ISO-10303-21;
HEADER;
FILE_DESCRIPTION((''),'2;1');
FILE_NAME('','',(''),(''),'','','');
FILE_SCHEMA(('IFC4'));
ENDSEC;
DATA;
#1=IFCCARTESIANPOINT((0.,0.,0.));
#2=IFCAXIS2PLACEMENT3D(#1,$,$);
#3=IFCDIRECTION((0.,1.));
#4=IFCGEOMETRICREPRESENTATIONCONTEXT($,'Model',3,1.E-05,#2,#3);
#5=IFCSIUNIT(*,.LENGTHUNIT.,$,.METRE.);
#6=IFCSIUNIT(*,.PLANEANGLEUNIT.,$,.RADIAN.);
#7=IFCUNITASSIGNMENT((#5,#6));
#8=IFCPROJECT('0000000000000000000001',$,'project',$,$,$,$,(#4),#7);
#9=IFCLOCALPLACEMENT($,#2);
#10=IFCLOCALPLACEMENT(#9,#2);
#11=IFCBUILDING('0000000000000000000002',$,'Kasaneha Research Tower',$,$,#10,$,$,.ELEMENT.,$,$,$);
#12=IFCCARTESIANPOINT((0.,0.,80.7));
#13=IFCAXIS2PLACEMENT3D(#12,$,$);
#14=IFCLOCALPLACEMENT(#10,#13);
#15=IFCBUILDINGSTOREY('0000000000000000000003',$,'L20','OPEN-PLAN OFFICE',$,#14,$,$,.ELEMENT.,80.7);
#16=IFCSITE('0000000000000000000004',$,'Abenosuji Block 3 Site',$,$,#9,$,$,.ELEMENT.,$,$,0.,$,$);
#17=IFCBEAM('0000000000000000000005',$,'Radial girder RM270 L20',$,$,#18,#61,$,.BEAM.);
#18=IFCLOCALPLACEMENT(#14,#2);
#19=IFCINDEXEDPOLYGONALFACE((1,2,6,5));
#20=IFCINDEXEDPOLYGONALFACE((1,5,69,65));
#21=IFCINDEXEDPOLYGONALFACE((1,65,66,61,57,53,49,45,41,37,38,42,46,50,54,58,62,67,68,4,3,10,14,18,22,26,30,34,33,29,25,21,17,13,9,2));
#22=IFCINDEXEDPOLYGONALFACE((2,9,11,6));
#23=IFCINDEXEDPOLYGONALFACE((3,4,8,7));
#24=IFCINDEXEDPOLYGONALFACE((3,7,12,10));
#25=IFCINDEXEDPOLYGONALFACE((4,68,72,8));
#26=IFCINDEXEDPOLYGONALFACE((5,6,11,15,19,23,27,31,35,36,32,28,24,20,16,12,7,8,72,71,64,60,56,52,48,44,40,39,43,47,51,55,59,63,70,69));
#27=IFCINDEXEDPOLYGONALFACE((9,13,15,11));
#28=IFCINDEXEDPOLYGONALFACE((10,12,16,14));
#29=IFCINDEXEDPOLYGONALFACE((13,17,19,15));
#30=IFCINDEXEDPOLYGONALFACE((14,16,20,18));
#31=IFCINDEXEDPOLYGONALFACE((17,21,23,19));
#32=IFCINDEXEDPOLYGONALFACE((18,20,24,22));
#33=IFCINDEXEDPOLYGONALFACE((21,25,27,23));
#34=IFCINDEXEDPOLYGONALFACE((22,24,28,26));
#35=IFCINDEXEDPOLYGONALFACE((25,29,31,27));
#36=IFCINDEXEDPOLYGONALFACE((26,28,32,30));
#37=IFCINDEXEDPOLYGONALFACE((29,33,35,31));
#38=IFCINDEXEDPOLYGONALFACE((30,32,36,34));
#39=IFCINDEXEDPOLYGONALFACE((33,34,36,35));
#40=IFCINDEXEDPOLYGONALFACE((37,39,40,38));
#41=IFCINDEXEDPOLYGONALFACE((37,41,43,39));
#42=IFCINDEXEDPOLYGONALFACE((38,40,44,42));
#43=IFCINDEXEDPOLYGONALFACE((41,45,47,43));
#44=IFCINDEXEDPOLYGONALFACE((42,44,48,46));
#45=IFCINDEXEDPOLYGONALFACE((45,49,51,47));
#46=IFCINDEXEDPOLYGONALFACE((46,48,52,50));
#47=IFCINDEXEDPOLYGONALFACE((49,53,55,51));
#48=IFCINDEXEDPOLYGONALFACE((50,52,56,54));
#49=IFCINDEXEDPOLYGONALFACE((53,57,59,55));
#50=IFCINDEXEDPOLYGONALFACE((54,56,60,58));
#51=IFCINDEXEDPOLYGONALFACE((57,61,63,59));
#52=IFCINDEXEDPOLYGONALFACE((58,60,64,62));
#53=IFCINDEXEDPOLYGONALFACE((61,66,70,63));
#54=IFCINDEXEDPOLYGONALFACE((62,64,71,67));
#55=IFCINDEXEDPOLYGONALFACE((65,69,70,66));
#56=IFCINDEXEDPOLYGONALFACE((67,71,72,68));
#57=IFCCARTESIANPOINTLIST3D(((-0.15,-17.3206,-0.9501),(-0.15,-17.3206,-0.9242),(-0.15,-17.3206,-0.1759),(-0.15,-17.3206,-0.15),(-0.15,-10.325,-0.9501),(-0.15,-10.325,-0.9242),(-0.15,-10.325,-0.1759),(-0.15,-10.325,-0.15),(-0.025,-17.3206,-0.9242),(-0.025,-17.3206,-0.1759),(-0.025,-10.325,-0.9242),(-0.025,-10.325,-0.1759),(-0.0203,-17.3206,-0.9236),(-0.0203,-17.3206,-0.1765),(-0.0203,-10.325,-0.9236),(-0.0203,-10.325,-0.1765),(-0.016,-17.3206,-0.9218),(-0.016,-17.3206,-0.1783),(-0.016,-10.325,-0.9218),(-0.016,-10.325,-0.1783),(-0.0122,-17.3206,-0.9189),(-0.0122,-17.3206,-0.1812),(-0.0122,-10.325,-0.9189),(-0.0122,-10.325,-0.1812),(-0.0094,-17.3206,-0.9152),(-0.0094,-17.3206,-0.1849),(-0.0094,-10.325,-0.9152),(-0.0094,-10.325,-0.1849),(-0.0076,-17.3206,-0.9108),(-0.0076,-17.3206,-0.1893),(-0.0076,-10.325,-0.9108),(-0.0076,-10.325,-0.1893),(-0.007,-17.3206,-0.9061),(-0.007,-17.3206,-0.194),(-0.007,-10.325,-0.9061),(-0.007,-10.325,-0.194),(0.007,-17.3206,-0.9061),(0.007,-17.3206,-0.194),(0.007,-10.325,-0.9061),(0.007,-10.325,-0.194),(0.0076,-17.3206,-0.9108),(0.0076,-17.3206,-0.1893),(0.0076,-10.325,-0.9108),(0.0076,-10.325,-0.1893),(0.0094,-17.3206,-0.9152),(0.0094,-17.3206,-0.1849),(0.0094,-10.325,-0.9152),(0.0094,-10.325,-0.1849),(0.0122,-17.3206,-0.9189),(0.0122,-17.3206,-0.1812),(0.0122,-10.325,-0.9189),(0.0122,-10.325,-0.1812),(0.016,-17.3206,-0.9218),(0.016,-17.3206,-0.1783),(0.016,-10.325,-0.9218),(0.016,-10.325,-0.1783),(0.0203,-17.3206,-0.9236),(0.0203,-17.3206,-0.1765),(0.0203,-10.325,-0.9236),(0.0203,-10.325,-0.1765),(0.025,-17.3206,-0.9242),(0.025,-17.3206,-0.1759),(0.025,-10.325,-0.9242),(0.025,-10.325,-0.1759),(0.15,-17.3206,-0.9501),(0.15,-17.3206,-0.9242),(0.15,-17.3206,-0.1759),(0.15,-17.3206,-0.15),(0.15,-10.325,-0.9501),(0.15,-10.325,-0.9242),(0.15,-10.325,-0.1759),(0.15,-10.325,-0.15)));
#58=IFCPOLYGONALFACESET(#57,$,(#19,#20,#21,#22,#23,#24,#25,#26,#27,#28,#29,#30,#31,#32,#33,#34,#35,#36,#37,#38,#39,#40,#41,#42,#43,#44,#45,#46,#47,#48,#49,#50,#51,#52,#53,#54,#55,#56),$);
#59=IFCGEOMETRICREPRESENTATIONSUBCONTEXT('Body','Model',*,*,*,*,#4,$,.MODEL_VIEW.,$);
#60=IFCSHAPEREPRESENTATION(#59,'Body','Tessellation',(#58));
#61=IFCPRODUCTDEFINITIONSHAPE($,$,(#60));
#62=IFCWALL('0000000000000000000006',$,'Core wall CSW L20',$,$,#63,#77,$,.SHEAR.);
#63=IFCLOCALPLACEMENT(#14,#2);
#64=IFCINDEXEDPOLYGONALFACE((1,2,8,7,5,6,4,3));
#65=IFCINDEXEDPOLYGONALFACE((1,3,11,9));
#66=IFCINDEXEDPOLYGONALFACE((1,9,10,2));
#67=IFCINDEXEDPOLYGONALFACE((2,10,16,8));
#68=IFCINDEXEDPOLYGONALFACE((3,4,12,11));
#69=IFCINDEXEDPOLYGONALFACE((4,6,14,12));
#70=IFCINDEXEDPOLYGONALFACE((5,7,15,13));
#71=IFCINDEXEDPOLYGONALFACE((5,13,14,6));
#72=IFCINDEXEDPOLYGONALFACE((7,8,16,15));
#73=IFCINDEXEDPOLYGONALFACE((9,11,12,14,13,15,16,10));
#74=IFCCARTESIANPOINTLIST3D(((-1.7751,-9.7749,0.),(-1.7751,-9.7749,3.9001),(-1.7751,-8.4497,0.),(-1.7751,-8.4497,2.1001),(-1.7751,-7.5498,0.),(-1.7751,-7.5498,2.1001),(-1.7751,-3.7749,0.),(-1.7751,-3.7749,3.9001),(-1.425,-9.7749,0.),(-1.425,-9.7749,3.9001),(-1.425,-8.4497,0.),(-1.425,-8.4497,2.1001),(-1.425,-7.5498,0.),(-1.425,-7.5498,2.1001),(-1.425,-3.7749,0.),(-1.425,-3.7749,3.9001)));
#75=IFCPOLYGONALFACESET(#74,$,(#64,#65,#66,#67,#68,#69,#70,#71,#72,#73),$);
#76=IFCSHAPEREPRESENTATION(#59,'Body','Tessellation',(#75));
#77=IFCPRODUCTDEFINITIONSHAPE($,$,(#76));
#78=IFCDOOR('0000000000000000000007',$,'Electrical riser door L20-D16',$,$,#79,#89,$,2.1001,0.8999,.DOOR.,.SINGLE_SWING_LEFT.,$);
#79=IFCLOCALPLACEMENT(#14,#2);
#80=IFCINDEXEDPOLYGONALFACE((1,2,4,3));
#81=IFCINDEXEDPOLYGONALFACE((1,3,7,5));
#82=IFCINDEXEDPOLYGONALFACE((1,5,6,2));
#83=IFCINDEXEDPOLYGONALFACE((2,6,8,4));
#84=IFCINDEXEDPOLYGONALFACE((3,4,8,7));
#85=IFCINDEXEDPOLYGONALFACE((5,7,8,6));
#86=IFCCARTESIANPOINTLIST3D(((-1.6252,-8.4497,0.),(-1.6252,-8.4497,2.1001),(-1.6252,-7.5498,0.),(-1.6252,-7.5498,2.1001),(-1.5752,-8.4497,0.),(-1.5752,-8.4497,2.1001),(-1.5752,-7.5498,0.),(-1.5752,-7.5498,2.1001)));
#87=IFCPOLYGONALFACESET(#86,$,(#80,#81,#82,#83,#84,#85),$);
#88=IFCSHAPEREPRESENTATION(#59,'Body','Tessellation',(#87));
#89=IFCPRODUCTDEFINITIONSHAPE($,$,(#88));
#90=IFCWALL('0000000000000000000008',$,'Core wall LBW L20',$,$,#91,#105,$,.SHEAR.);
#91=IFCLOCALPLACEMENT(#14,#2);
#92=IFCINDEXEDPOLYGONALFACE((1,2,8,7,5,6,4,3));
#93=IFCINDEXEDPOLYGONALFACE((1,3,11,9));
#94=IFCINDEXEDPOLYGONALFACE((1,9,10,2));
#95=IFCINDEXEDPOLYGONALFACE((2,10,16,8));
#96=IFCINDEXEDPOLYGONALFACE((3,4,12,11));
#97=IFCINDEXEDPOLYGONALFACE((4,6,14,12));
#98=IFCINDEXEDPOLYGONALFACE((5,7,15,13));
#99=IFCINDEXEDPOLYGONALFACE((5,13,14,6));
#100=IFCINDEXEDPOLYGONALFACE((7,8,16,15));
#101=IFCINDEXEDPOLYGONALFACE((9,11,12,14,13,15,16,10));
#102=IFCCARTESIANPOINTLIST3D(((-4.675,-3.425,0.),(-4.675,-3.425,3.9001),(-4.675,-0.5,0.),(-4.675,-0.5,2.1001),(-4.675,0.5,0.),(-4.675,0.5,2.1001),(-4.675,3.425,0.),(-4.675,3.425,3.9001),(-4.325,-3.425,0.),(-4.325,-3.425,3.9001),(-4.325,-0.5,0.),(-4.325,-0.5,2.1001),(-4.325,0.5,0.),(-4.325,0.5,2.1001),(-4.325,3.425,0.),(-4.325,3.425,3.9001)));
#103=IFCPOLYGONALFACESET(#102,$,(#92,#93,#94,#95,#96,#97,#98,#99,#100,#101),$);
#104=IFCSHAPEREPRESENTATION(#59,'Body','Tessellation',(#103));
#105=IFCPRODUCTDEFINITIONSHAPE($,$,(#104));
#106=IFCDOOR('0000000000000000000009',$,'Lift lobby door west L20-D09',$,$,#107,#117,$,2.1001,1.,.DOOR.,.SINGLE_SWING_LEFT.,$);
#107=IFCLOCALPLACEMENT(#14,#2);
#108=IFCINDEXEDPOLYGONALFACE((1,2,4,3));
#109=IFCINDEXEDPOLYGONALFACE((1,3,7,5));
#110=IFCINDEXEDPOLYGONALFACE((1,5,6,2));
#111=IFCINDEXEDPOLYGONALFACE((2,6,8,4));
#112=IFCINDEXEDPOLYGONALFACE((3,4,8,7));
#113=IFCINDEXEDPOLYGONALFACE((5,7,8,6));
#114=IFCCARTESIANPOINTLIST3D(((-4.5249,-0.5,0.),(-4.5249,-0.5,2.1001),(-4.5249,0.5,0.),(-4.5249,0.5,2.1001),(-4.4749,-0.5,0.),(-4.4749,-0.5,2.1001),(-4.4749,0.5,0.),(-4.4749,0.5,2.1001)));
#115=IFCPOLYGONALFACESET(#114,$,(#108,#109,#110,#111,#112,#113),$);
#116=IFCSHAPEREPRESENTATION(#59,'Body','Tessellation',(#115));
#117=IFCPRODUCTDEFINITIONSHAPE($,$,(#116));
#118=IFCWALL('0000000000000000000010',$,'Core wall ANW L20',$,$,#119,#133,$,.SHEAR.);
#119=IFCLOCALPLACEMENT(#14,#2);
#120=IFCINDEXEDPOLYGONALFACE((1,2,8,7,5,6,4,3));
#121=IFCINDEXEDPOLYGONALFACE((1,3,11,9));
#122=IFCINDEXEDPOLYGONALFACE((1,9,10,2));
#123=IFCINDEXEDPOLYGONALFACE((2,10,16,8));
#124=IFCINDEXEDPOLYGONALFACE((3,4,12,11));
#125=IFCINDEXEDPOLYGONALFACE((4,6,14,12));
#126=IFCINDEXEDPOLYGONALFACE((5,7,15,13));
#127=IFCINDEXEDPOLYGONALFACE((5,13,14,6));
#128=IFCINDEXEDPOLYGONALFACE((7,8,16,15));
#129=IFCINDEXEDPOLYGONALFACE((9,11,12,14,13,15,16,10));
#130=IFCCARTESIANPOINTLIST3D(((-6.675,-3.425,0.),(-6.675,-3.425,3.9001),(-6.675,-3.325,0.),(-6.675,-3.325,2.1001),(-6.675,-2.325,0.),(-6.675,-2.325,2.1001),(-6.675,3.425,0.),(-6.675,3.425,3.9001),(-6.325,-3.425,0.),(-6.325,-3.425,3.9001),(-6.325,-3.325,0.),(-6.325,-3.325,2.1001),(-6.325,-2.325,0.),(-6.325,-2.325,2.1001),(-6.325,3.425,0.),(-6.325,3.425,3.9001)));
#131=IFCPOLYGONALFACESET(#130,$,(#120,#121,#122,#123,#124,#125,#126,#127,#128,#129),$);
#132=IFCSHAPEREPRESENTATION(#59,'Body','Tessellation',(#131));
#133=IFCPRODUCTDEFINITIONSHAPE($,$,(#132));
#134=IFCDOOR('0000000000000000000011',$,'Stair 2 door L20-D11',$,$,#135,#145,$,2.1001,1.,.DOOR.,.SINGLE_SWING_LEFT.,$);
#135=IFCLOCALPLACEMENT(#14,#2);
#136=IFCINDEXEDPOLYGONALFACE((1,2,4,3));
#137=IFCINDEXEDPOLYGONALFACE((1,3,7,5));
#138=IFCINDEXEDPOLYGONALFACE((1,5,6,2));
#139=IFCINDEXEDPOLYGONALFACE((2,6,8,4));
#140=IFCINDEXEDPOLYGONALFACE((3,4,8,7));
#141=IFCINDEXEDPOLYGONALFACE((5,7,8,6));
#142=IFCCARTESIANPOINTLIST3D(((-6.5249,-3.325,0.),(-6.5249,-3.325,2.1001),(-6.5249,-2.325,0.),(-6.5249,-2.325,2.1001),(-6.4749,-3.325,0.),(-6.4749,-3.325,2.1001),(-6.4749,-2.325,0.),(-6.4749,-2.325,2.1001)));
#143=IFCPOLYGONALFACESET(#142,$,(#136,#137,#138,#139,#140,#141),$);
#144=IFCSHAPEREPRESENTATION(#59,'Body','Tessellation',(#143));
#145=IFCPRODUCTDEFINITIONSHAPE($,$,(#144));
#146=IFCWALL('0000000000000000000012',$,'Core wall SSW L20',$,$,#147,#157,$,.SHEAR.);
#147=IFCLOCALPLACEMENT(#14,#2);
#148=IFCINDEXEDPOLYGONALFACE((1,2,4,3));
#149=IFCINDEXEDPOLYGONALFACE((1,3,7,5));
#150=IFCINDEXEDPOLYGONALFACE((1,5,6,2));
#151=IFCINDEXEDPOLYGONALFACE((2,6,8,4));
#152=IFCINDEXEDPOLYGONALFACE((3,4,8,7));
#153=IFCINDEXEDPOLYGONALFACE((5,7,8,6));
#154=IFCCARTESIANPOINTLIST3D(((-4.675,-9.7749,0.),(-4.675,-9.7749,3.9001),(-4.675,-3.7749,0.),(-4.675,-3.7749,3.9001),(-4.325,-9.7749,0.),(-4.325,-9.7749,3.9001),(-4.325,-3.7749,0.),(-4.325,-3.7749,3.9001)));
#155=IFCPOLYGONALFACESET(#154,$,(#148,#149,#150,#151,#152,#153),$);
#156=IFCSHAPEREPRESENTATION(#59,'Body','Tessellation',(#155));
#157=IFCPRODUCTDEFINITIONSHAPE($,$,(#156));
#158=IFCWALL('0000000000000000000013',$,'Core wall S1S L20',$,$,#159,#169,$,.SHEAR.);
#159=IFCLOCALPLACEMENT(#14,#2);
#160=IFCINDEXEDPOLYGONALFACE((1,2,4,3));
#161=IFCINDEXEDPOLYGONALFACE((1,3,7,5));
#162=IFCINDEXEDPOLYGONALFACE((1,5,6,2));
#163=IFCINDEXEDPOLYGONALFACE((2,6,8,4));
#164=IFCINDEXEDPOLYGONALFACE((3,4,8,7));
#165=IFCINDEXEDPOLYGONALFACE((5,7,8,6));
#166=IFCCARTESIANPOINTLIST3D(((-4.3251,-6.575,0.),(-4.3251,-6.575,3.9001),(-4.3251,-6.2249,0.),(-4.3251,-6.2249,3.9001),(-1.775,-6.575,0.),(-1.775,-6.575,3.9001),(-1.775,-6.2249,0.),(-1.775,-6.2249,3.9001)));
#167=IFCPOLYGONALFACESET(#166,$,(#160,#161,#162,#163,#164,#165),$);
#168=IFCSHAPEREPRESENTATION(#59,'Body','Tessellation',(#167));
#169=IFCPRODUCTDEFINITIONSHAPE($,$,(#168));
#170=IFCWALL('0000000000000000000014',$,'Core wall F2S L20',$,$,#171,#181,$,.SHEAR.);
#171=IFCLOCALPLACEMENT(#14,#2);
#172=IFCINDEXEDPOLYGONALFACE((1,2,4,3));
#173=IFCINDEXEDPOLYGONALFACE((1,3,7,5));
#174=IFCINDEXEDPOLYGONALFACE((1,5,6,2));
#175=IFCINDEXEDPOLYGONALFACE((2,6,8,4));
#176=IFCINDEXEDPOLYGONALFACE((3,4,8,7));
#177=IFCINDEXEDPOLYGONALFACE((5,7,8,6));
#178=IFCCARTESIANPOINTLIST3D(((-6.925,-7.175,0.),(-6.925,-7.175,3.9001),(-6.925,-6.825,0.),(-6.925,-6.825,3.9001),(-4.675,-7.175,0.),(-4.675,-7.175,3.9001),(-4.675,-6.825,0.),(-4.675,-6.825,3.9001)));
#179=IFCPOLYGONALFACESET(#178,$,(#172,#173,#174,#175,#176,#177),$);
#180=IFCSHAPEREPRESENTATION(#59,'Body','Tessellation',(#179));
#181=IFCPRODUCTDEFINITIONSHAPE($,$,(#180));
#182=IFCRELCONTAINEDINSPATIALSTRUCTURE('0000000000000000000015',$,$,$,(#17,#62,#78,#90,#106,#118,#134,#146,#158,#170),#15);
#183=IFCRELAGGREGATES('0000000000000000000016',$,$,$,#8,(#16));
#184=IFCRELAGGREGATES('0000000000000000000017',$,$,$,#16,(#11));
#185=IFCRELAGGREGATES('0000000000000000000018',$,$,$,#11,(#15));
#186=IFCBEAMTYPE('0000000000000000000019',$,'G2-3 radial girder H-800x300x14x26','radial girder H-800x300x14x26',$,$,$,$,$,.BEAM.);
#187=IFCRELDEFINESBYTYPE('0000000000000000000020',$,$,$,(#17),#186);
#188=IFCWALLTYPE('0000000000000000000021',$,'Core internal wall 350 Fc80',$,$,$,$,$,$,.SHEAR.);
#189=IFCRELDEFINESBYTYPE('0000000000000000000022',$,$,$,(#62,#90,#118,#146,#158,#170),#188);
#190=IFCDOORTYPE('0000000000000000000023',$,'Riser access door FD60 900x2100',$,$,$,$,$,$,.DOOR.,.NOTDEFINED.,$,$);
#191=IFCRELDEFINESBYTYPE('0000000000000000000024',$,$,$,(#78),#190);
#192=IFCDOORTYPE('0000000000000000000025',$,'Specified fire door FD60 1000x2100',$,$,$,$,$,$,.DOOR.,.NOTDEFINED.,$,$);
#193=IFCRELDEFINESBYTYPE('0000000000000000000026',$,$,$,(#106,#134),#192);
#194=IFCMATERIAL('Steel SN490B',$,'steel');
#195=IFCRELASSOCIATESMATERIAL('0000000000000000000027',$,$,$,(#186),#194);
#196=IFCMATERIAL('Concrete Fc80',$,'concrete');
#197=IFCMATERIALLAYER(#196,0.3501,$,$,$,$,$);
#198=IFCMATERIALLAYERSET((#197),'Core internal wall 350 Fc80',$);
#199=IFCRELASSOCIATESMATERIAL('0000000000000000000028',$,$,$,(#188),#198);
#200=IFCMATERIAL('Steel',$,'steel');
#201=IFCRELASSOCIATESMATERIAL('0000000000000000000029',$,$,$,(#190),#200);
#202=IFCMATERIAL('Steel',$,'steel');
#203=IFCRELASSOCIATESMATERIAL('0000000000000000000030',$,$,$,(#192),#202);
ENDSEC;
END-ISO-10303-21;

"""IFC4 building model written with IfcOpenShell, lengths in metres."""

from ifc_helpers import new_model, si_unit, direction, frame, frame_2d, origin, origin_2d, place, context, subcontext, project, spatial, rectangle, i_section, extrude, material, layer, layer_set, material_profile, profile_set, type_object, element, fill, save


model = new_model("IFC4")

# Units and contexts
model_context = context("Model", 3, precision=1e-05, world=origin(), true_north=direction((0.0, 1.0)))
body_context = subcontext(model_context, "Body", "Model", "MODEL_VIEW")
ifc_project = project(units=[si_unit("LENGTHUNIT", "METRE"), si_unit("PLANEANGLEUNIT", "RADIAN")], contexts=[model_context])

# Site, building, storey
site_placement = place(None, origin())
site = spatial("IfcSite", under=ifc_project, at=site_placement, Name="Abenosuji Block 3 Site", CompositionType="ELEMENT", RefElevation=0.0)
building_placement = place(site_placement, origin())
building = spatial("IfcBuilding", under=site, at=building_placement, Name="Kasaneha Research Tower", CompositionType="ELEMENT")
storey_placement = place(building_placement, frame((0.0, 0.0, 80.7)))
storey = spatial("IfcBuildingStorey", under=building, at=storey_placement, Name="L20", Description="OPEN-PLAN OFFICE", CompositionType="ELEMENT", Elevation=80.7)

# Beam
ifc_material_1 = material(Name="Steel SN490B", Category="steel")
ifc_material_profile_1 = material_profile(ifc_material_1, i_section(OverallWidth=0.3, OverallDepth=0.8, WebThickness=0.0139, FlangeThickness=0.0259, FilletRadius=0.0181, at=origin_2d()), Name="H-800x300x14x26")
ifc_profile_set_1 = profile_set([ifc_material_profile_1], Name="Steel SN490B")
beam_type_1 = type_object("IfcBeamType", Name="G2-3 radial girder H-800x300x14x26", Description="radial girder H-800x300x14x26", PredefinedType="BEAM", material=ifc_profile_set_1)
beam_1_placement = place(storey_placement, frame((0.0, -10.325, -0.55), z_axis=(0.0, -1.0, 0.0), x_axis=(1.0, 0.0, 0.0)))
element("IfcBeam", 1, at=beam_1_placement, inside=storey, type_object=beam_type_1, Name="Radial girder RM270 L20", PredefinedType="BEAM", context=body_context, shape_type="SweptSolid", body=[
    extrude(i_section(OverallWidth=0.3, OverallDepth=0.8, WebThickness=0.0139, FlangeThickness=0.0259, FilletRadius=0.0181, at=origin_2d()), origin(), (0.0, 0.0, 1.0), 6.9956),
])

# Walls, openings, doors
ifc_material_2 = material(Name="Concrete Fc80", Category="concrete")
ifc_layer_1 = layer(ifc_material_2, 0.3501)
ifc_layer_set_1 = layer_set([ifc_layer_1], Name="Core internal wall 350 Fc80")
wall_type_1 = type_object("IfcWallType", Name="Core internal wall 350 Fc80", PredefinedType="SHEAR", material=ifc_layer_set_1)
wall_1_placement = place(storey_placement, frame((-1.6001, -3.7749, 0.0), z_axis=(0.0, 0.0, 1.0), x_axis=(0.0, -1.0, 0.0)))
wall_1 = element("IfcWall", 2, at=wall_1_placement, inside=storey, type_object=wall_type_1, Name="Core wall CSW L20", PredefinedType="SHEAR", context=body_context, shape_type="SweptSolid", body=[
    extrude(rectangle(XDim=6.0, YDim=0.3501, at=frame_2d((3.0, 0.0))), origin(), (0.0, 0.0, 1.0), 3.9001),
])
opening_1_placement = place(wall_1_placement, frame((3.7749, 0.0, 0.0)))
opening_1 = element("IfcOpeningElement", 3, at=opening_1_placement, cuts=wall_1, PredefinedType="OPENING", context=body_context, shape_type="SweptSolid", body=[
    extrude(rectangle(XDim=0.8999, YDim=2.1001, at=frame_2d((0.45, 1.05))), frame((0.0, 0.1851, 0.0), z_axis=(0.0, -1.0, 0.0), x_axis=(1.0, 0.0, 0.0)), (0.0, 0.0, 1.0), 0.3701),
])
ifc_material_3 = material(Name="Steel", Category="steel")
door_type_1 = type_object("IfcDoorType", Name="Riser access door FD60 900x2100", OperationType="NOTDEFINED", PredefinedType="DOOR", material=ifc_material_3)
door_1_placement = place(opening_1_placement, origin())
door_1 = element("IfcDoor", 4, at=door_1_placement, inside=storey, type_object=door_type_1, Name="Electrical riser door L20-D16", OperationType="SINGLE_SWING_LEFT", OverallHeight=2.1001, OverallWidth=0.8999, PredefinedType="DOOR", context=body_context, shape_type="SweptSolid", body=[
    extrude(rectangle(XDim=0.8999, YDim=2.1001, at=frame_2d((0.45, 1.05))), frame((0.0, 0.0249, 0.0), z_axis=(0.0, -1.0, 0.0), x_axis=(1.0, 0.0, 0.0)), (0.0, 0.0, 1.0), 0.05),
])
fill(opening_1, door_1)
wall_2_placement = place(storey_placement, frame((-4.5, -3.425, 0.0), z_axis=(0.0, 0.0, 1.0), x_axis=(0.0, 1.0, 0.0)))
wall_2 = element("IfcWall", 5, at=wall_2_placement, inside=storey, type_object=wall_type_1, Name="Core wall LBW L20", PredefinedType="SHEAR", context=body_context, shape_type="SweptSolid", body=[
    extrude(rectangle(XDim=6.8501, YDim=0.3501, at=frame_2d((3.425, 0.0))), origin(), (0.0, 0.0, 1.0), 3.9001),
])
opening_2_placement = place(wall_2_placement, frame((2.925, 0.0, 0.0)))
opening_2 = element("IfcOpeningElement", 6, at=opening_2_placement, cuts=wall_2, PredefinedType="OPENING", context=body_context, shape_type="SweptSolid", body=[
    extrude(rectangle(XDim=1.0, YDim=2.1001, at=frame_2d((0.5, 1.05))), frame((0.0, 0.1851, 0.0), z_axis=(0.0, -1.0, 0.0), x_axis=(1.0, 0.0, 0.0)), (0.0, 0.0, 1.0), 0.3701),
])
ifc_material_4 = material(Name="Steel", Category="steel")
door_type_2 = type_object("IfcDoorType", Name="Specified fire door FD60 1000x2100", OperationType="NOTDEFINED", PredefinedType="DOOR", material=ifc_material_4)
door_2_placement = place(opening_2_placement, origin())
door_2 = element("IfcDoor", 7, at=door_2_placement, inside=storey, type_object=door_type_2, Name="Lift lobby door west L20-D09", OperationType="SINGLE_SWING_LEFT", OverallHeight=2.1001, OverallWidth=1.0, PredefinedType="DOOR", context=body_context, shape_type="SweptSolid", body=[
    extrude(rectangle(XDim=1.0, YDim=2.1001, at=frame_2d((0.5, 1.05))), frame((0.0, 0.0249, 0.0), z_axis=(0.0, -1.0, 0.0), x_axis=(1.0, 0.0, 0.0)), (0.0, 0.0, 1.0), 0.05),
])
fill(opening_2, door_2)
wall_3_placement = place(storey_placement, frame((-6.5, -3.425, 0.0), z_axis=(0.0, 0.0, 1.0), x_axis=(0.0, 1.0, 0.0)))
wall_3 = element("IfcWall", 8, at=wall_3_placement, inside=storey, type_object=wall_type_1, Name="Core wall ANW L20", PredefinedType="SHEAR", context=body_context, shape_type="SweptSolid", body=[
    extrude(rectangle(XDim=6.8501, YDim=0.3501, at=frame_2d((3.425, 0.0))), origin(), (0.0, 0.0, 1.0), 3.9001),
])
opening_3_placement = place(wall_3_placement, frame((0.1001, 0.0, 0.0)))
opening_3 = element("IfcOpeningElement", 9, at=opening_3_placement, cuts=wall_3, PredefinedType="OPENING", context=body_context, shape_type="SweptSolid", body=[
    extrude(rectangle(XDim=1.0, YDim=2.1001, at=frame_2d((0.5, 1.05))), frame((0.0, 0.1851, 0.0), z_axis=(0.0, -1.0, 0.0), x_axis=(1.0, 0.0, 0.0)), (0.0, 0.0, 1.0), 0.3701),
])
door_3_placement = place(opening_3_placement, origin())
door_3 = element("IfcDoor", 10, at=door_3_placement, inside=storey, type_object=door_type_2, Name="Stair 2 door L20-D11", OperationType="SINGLE_SWING_LEFT", OverallHeight=2.1001, OverallWidth=1.0, PredefinedType="DOOR", context=body_context, shape_type="SweptSolid", body=[
    extrude(rectangle(XDim=1.0, YDim=2.1001, at=frame_2d((0.5, 1.05))), frame((0.0, 0.0249, 0.0), z_axis=(0.0, -1.0, 0.0), x_axis=(1.0, 0.0, 0.0)), (0.0, 0.0, 1.0), 0.05),
])
fill(opening_3, door_3)

# Walls
wall_4_placement = place(storey_placement, frame((-4.5, -3.7749, 0.0), z_axis=(0.0, 0.0, 1.0), x_axis=(0.0, -1.0, 0.0)))
element("IfcWall", 11, at=wall_4_placement, inside=storey, type_object=wall_type_1, Name="Core wall SSW L20", PredefinedType="SHEAR", context=body_context, shape_type="SweptSolid", body=[
    extrude(rectangle(XDim=6.0, YDim=0.3501, at=frame_2d((3.0, 0.0))), origin(), (0.0, 0.0, 1.0), 3.9001),
])
wall_5_placement = place(storey_placement, frame((-4.325, -6.3999, 0.0), z_axis=(0.0, 0.0, 1.0), x_axis=(1.0, 0.0, 0.0)))
element("IfcWall", 12, at=wall_5_placement, inside=storey, type_object=wall_type_1, Name="Core wall S1S L20", PredefinedType="SHEAR", context=body_context, shape_type="SweptSolid", body=[
    extrude(rectangle(XDim=2.55, YDim=0.3501, at=frame_2d((1.2749, 0.0))), origin(), (0.0, 0.0, 1.0), 3.9001),
])
wall_6_placement = place(storey_placement, frame((-6.925, -7.0, 0.0), z_axis=(0.0, 0.0, 1.0), x_axis=(1.0, 0.0, 0.0)))
element("IfcWall", 13, at=wall_6_placement, inside=storey, type_object=wall_type_1, Name="Core wall F2S L20", PredefinedType="SHEAR", context=body_context, shape_type="SweptSolid", body=[
    extrude(rectangle(XDim=2.25, YDim=0.3501, at=frame_2d((1.125, 0.0))), origin(), (0.0, 0.0, 1.0), 3.9001),
])

save(model, "model.ifc")
